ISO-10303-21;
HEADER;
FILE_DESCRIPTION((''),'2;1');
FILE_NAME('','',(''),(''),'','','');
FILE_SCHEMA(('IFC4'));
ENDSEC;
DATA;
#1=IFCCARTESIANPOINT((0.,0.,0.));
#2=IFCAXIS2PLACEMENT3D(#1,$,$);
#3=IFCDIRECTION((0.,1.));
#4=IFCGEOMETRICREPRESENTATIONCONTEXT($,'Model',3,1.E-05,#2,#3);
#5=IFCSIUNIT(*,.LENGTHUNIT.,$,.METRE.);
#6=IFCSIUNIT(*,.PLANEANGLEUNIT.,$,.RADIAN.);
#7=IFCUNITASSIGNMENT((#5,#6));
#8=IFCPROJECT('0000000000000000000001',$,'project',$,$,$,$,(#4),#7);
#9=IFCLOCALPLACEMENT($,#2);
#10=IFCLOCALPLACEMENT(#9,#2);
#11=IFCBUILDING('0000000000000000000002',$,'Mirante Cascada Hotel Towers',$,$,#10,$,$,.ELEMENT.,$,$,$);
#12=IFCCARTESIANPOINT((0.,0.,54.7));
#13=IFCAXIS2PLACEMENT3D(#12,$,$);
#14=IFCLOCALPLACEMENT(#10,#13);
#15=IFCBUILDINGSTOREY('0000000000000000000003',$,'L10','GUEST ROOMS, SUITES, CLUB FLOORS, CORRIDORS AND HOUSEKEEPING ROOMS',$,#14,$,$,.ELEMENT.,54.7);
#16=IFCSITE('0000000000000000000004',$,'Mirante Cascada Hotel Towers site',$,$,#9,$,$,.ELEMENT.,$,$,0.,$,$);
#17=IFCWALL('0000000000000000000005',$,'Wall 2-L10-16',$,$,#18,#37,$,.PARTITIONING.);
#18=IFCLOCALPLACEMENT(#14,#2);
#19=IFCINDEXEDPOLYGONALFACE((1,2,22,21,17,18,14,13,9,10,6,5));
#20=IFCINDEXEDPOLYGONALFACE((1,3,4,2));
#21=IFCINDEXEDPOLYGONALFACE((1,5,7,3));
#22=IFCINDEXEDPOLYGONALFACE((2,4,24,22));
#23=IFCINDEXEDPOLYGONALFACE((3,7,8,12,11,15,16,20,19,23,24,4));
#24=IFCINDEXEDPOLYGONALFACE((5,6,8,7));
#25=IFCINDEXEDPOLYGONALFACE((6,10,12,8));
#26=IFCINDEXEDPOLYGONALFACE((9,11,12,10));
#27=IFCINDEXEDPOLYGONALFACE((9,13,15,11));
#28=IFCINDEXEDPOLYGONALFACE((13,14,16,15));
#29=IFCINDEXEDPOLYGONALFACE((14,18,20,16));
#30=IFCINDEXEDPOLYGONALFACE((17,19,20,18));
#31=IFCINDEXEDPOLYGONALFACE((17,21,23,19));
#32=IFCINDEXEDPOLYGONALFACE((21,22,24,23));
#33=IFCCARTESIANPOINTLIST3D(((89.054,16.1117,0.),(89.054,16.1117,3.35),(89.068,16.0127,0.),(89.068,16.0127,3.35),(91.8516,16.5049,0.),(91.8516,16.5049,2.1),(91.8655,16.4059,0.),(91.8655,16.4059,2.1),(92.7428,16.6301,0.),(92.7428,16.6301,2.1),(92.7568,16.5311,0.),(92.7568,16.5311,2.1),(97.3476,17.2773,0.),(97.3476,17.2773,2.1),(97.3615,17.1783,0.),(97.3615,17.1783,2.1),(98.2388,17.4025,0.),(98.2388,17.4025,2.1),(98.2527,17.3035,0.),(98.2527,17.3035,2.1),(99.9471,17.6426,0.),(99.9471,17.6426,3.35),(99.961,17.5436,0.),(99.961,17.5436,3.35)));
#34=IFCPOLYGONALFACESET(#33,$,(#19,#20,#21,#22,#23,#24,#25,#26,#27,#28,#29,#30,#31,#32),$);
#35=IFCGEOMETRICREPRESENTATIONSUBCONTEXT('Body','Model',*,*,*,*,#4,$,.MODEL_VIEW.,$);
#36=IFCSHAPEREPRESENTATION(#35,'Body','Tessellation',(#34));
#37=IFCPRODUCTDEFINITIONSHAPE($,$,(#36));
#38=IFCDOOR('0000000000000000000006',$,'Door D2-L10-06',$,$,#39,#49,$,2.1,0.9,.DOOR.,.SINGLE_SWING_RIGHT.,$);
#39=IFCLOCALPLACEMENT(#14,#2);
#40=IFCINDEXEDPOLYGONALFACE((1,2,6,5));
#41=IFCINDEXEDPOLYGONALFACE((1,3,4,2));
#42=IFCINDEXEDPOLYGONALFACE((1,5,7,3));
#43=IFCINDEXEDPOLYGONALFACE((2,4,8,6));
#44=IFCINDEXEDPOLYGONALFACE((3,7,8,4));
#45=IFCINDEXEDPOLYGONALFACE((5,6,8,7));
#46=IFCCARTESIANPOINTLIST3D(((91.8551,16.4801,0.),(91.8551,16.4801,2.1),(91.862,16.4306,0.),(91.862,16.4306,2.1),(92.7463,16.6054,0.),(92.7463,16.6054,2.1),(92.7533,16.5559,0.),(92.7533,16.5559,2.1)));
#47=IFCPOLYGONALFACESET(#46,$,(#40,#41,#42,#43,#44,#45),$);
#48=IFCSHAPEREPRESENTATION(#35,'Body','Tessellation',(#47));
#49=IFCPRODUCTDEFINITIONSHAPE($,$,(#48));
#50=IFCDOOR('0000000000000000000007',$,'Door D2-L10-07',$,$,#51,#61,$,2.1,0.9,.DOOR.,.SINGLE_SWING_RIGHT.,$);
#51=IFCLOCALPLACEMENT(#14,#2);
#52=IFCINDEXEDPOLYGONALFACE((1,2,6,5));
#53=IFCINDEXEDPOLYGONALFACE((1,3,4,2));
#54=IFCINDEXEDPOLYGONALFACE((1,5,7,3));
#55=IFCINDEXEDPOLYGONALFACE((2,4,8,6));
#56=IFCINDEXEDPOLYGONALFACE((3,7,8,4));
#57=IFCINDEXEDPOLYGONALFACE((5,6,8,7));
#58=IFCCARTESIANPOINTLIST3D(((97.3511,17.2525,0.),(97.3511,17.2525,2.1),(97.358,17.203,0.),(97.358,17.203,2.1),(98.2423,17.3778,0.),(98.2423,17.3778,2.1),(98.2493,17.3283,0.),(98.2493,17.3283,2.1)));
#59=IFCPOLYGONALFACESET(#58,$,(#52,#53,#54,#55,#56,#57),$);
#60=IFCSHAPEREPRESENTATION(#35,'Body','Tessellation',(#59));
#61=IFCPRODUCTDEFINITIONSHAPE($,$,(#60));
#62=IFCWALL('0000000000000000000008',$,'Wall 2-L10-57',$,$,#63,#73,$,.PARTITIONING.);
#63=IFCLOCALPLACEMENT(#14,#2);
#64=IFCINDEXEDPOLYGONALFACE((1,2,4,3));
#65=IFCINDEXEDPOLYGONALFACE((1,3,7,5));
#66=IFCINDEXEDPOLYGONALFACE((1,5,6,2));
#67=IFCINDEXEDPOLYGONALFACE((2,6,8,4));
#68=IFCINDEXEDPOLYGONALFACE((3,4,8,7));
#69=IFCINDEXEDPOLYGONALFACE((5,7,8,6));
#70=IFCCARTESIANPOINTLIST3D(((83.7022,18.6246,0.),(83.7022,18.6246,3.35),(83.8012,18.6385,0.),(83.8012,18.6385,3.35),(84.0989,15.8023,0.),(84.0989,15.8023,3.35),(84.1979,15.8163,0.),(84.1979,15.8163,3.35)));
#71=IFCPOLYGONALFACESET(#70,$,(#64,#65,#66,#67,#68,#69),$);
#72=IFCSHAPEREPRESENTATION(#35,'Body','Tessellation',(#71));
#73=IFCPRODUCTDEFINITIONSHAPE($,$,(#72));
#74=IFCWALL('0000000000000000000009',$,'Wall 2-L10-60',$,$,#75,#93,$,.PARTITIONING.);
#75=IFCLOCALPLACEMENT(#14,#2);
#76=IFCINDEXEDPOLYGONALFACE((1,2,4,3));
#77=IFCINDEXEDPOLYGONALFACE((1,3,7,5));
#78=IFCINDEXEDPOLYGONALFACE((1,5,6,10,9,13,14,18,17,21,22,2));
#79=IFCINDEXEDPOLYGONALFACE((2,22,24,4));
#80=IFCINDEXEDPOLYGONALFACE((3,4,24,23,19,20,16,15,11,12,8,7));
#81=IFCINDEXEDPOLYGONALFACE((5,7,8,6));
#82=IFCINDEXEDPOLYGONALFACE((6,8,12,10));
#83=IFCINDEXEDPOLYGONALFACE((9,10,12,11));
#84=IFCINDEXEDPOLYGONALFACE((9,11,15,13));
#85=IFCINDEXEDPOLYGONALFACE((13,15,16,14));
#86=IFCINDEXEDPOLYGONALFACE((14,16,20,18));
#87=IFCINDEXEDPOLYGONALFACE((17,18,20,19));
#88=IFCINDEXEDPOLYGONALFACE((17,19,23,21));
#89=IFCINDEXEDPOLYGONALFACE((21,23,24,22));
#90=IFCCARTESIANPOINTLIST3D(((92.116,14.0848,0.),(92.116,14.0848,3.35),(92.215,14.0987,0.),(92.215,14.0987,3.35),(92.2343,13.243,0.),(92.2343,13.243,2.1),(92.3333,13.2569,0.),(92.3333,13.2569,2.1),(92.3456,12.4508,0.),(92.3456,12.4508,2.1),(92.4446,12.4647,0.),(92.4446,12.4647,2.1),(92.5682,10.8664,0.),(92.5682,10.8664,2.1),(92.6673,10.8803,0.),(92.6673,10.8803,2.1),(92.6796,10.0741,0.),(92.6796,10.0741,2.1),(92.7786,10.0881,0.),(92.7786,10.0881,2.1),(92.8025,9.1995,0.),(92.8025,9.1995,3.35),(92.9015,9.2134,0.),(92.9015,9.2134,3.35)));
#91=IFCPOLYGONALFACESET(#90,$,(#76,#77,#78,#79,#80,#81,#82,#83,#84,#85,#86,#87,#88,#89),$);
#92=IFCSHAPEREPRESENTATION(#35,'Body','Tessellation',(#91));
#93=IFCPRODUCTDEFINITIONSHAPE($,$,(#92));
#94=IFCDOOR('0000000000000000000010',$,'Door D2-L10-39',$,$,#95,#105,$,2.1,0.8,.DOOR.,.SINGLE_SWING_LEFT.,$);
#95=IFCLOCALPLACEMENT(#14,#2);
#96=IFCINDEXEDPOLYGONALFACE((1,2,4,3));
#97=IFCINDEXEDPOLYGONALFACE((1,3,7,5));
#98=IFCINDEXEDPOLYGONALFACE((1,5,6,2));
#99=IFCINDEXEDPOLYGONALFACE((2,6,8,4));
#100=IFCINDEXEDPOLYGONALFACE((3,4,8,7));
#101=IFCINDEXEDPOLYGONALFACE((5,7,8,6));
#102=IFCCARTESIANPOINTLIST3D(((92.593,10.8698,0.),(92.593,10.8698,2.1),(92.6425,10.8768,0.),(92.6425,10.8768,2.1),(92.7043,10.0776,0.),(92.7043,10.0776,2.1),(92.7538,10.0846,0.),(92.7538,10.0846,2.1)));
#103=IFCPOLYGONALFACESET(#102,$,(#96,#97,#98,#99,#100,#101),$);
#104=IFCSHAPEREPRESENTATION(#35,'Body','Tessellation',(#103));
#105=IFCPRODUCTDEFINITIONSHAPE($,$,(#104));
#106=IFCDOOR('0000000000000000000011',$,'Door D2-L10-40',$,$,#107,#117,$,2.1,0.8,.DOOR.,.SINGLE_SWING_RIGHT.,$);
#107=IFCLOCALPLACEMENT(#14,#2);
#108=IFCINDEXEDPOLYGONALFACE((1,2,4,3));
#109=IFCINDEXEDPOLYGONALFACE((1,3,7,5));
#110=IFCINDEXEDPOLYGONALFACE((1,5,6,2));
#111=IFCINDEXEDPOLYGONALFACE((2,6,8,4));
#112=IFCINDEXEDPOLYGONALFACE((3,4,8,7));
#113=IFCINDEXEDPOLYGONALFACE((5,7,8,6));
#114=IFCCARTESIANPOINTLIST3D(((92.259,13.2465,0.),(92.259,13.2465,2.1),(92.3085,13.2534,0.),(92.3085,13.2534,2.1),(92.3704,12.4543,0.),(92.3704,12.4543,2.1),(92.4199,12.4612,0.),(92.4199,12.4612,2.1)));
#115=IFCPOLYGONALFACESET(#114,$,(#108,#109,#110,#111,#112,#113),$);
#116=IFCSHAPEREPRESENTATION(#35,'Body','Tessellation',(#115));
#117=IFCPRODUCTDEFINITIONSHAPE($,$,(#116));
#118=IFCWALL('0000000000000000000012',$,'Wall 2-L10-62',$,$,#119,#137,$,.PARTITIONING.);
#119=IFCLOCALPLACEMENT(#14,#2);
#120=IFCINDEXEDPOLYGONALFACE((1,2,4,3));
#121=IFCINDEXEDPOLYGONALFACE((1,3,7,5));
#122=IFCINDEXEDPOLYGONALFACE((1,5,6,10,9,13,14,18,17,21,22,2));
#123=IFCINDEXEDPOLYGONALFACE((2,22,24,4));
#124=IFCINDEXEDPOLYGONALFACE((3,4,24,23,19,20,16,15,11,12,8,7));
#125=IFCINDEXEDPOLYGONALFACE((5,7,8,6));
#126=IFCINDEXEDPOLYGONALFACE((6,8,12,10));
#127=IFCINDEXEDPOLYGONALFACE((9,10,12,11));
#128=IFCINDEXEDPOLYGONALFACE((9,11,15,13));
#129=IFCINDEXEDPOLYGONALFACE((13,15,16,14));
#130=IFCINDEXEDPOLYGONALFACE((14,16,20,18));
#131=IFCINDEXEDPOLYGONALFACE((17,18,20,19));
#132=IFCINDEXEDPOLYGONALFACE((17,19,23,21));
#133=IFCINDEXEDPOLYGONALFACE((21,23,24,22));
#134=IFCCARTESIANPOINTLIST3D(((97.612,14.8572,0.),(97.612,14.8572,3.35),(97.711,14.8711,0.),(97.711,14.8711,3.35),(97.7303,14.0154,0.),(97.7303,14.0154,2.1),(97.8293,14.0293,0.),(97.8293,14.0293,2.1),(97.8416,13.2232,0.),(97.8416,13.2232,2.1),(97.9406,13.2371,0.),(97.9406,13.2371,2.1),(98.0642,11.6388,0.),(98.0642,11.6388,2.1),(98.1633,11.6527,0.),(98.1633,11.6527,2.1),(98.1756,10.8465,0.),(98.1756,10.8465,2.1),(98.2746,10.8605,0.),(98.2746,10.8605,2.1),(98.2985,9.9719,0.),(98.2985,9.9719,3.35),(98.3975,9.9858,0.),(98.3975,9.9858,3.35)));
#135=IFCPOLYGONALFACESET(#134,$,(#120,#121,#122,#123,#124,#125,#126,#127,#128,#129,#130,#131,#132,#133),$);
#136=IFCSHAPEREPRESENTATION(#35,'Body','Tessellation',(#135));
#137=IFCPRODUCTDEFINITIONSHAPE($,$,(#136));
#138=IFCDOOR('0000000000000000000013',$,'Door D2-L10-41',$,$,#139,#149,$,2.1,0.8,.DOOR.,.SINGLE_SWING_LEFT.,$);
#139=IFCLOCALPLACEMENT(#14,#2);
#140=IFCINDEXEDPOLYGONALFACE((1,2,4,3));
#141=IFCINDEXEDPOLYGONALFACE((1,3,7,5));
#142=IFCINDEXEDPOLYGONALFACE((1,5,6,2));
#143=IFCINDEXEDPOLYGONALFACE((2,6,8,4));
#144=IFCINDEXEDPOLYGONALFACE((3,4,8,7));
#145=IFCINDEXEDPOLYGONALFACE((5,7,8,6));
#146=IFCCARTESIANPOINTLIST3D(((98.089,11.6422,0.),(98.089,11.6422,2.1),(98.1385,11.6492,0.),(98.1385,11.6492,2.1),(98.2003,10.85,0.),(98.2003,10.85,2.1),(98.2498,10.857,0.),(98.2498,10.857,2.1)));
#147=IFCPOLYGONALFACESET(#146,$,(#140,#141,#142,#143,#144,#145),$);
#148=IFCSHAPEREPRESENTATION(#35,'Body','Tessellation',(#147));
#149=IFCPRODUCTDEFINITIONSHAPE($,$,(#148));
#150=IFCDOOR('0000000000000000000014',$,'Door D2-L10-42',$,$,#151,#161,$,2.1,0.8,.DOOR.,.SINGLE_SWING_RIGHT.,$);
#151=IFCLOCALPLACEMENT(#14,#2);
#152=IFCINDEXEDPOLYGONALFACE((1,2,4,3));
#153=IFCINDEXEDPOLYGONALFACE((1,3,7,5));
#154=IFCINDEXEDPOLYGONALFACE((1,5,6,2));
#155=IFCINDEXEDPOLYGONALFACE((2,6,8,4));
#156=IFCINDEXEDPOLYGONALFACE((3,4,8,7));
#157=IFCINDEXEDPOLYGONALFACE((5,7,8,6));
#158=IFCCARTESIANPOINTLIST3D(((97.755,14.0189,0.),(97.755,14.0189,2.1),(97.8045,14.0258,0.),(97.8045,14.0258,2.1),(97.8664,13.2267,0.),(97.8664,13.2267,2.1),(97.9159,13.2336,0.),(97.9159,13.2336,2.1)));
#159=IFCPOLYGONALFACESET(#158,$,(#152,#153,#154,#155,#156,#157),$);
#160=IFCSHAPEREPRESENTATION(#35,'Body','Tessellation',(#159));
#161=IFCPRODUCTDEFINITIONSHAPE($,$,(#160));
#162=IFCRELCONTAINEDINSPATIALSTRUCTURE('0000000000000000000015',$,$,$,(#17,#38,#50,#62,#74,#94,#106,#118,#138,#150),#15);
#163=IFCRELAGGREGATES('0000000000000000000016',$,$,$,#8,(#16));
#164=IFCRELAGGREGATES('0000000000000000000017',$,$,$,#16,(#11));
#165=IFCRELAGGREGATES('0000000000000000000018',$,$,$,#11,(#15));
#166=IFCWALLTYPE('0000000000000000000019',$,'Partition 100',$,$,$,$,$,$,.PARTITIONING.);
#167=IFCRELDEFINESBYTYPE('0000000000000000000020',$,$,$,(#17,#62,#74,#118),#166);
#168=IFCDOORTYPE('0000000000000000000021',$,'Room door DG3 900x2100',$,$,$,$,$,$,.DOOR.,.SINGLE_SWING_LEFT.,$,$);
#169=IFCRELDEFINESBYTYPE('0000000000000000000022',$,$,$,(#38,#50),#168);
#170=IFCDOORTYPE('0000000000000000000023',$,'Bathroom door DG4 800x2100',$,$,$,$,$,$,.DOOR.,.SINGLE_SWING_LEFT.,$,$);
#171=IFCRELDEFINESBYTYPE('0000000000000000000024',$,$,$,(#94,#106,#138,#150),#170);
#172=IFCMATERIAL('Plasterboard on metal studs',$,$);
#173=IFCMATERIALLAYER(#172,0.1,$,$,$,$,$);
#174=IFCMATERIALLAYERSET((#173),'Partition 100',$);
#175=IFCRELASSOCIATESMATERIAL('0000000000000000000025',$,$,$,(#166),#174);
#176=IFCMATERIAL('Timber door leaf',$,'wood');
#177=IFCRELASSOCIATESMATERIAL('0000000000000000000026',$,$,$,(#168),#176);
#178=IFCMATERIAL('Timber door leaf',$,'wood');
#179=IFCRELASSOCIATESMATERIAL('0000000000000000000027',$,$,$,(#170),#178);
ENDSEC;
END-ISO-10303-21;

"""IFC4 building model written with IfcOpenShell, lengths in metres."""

from ifc_helpers import new_model, si_unit, direction, frame, frame_2d, origin, place, context, subcontext, project, spatial, rectangle, extrude, material, layer, layer_set, type_object, element, fill, save


model = new_model("IFC4")

# Units and contexts
model_context = context("Model", 3, precision=1e-05, world=origin(), true_north=direction((0.0, 1.0)))
body_context = subcontext(model_context, "Body", "Model", "MODEL_VIEW")
ifc_project = project(units=[si_unit("LENGTHUNIT", "METRE"), si_unit("PLANEANGLEUNIT", "RADIAN")], contexts=[model_context])

# Site, building, storey
site_placement = place(None, origin())
site = spatial("IfcSite", under=ifc_project, at=site_placement, Name="Mirante Cascada Hotel Towers site", CompositionType="ELEMENT", RefElevation=0.0)
building_placement = place(site_placement, origin())
building = spatial("IfcBuilding", under=site, at=building_placement, Name="Mirante Cascada Hotel Towers", CompositionType="ELEMENT")
storey_placement = place(building_placement, frame((0.0, 0.0, 54.7)))
storey = spatial("IfcBuildingStorey", under=building, at=storey_placement, Name="L10", Description="GUEST ROOMS, SUITES, CLUB FLOORS, CORRIDORS AND HOUSEKEEPING ROOMS", CompositionType="ELEMENT", Elevation=54.7)

# Shared definitions
ifc_material_1 = material(Name="Plasterboard on metal studs")
ifc_layer_1 = layer(ifc_material_1, 0.1)
ifc_layer_set_1 = layer_set([ifc_layer_1], Name="Partition 100")
wall_type_1 = type_object("IfcWallType", Name="Partition 100", PredefinedType="PARTITIONING", material=ifc_layer_set_1)

# Wall, openings, doors
wall_1_placement = place(storey_placement, frame((99.954, 17.5931, 0.0), z_axis=(0.0, 0.0, 1.0), x_axis=(-0.990268, -0.139172, 0.0)))
wall_1 = element("IfcWall", 1, at=wall_1_placement, inside=storey, type_object=wall_type_1, Name="Wall 2-L10-16", PredefinedType="PARTITIONING", context=body_context, shape_type="SweptSolid", body=[
    extrude(rectangle(XDim=11.0001, YDim=0.1, at=frame_2d((5.5, 0.0))), origin(), (0.0, 0.0, 1.0), 3.35),
])
opening_1_placement = place(wall_1_placement, frame((7.275, 0.0, 0.0)))
opening_1 = element("IfcOpeningElement", 2, at=opening_1_placement, cuts=wall_1, PredefinedType="OPENING", context=body_context, shape_type="SweptSolid", body=[
    extrude(rectangle(XDim=0.9, YDim=2.1, at=frame_2d((0.45, 1.05))), frame((0.0, 0.05, 0.0), z_axis=(0.0, -1.0, 0.0), x_axis=(1.0, 0.0, 0.0)), (0.0, 0.0, 1.0), 0.1),
])
opening_2_placement = place(wall_1_placement, frame((1.725, 0.0, 0.0)))
opening_2 = element("IfcOpeningElement", 3, at=opening_2_placement, cuts=wall_1, PredefinedType="OPENING", context=body_context, shape_type="SweptSolid", body=[
    extrude(rectangle(XDim=0.9, YDim=2.1, at=frame_2d((0.45, 1.05))), frame((0.0, 0.05, 0.0), z_axis=(0.0, -1.0, 0.0), x_axis=(1.0, 0.0, 0.0)), (0.0, 0.0, 1.0), 0.1),
])
ifc_material_2 = material(Name="Timber door leaf", Category="wood")
door_type_1 = type_object("IfcDoorType", Name="Room door DG3 900x2100", OperationType="SINGLE_SWING_LEFT", PredefinedType="DOOR", material=ifc_material_2)
door_1_placement = place(opening_1_placement, frame((0.9, 0.0, 0.0), z_axis=(0.0, 0.0, 1.0), x_axis=(-1.0, 0.0, 0.0)))
door_1 = element("IfcDoor", 4, at=door_1_placement, inside=storey, type_object=door_type_1, Name="Door D2-L10-06", OperationType="SINGLE_SWING_RIGHT", OverallHeight=2.1, OverallWidth=0.9, PredefinedType="DOOR", context=body_context, shape_type="SweptSolid", body=[
    extrude(rectangle(XDim=0.9, YDim=2.1, at=frame_2d((0.45, 1.05))), frame((0.0, 0.025, 0.0), z_axis=(0.0, -1.0, 0.0), x_axis=(1.0, 0.0, 0.0)), (0.0, 0.0, 1.0), 0.05),
])
fill(opening_1, door_1)
door_2_placement = place(opening_2_placement, frame((0.9, 0.0, 0.0), z_axis=(0.0, 0.0, 1.0), x_axis=(-1.0, 0.0, 0.0)))
door_2 = element("IfcDoor", 5, at=door_2_placement, inside=storey, type_object=door_type_1, Name="Door D2-L10-07", OperationType="SINGLE_SWING_RIGHT", OverallHeight=2.1, OverallWidth=0.9, PredefinedType="DOOR", context=body_context, shape_type="SweptSolid", body=[
    extrude(rectangle(XDim=0.9, YDim=2.1, at=frame_2d((0.45, 1.05))), frame((0.0, 0.025, 0.0), z_axis=(0.0, -1.0, 0.0), x_axis=(1.0, 0.0, 0.0)), (0.0, 0.0, 1.0), 0.05),
])
fill(opening_2, door_2)

# Wall
wall_2_placement = place(storey_placement, frame((84.1484, 15.8093, 0.0), z_axis=(0.0, 0.0, 1.0), x_axis=(-0.139191, 0.990266, 0.0)))
element("IfcWall", 6, at=wall_2_placement, inside=storey, type_object=wall_type_1, Name="Wall 2-L10-57", PredefinedType="PARTITIONING", context=body_context, shape_type="SweptSolid", body=[
    extrude(rectangle(XDim=2.85, YDim=0.1, at=frame_2d((1.425, 0.0))), origin(), (0.0, 0.0, 1.0), 3.35),
])

# Walls, openings, doors
wall_3_placement = place(storey_placement, frame((92.1655, 14.0917, 0.0), z_axis=(0.0, 0.0, 1.0), x_axis=(0.139156, -0.99027, 0.0)))
wall_3 = element("IfcWall", 7, at=wall_3_placement, inside=storey, type_object=wall_type_1, Name="Wall 2-L10-60", PredefinedType="PARTITIONING", context=body_context, shape_type="SweptSolid", body=[
    extrude(rectangle(XDim=4.9333, YDim=0.1, at=frame_2d((2.4666, 0.0))), origin(), (0.0, 0.0, 1.0), 3.35),
])
opening_3_placement = place(wall_3_placement, frame((3.25, 0.0, 0.0)))
opening_3 = element("IfcOpeningElement", 8, at=opening_3_placement, cuts=wall_3, PredefinedType="OPENING", context=body_context, shape_type="SweptSolid", body=[
    extrude(rectangle(XDim=0.8, YDim=2.1, at=frame_2d((0.4, 1.05))), frame((0.0, 0.05, 0.0), z_axis=(0.0, -1.0, 0.0), x_axis=(1.0, 0.0, 0.0)), (0.0, 0.0, 1.0), 0.1),
])
opening_4_placement = place(wall_3_placement, frame((0.85, 0.0, 0.0)))
opening_4 = element("IfcOpeningElement", 9, at=opening_4_placement, cuts=wall_3, PredefinedType="OPENING", context=body_context, shape_type="SweptSolid", body=[
    extrude(rectangle(XDim=0.8, YDim=2.1, at=frame_2d((0.4, 1.05))), frame((0.0, 0.05, 0.0), z_axis=(0.0, -1.0, 0.0), x_axis=(1.0, 0.0, 0.0)), (0.0, 0.0, 1.0), 0.1),
])
ifc_material_3 = material(Name="Timber door leaf", Category="wood")
door_type_2 = type_object("IfcDoorType", Name="Bathroom door DG4 800x2100", OperationType="SINGLE_SWING_LEFT", PredefinedType="DOOR", material=ifc_material_3)
door_3_placement = place(opening_3_placement, origin())
door_3 = element("IfcDoor", 10, at=door_3_placement, inside=storey, type_object=door_type_2, Name="Door D2-L10-39", OperationType="SINGLE_SWING_LEFT", OverallHeight=2.1, OverallWidth=0.8, PredefinedType="DOOR", context=body_context, shape_type="SweptSolid", body=[
    extrude(rectangle(XDim=0.8, YDim=2.1, at=frame_2d((0.4, 1.05))), frame((0.0, 0.025, 0.0), z_axis=(0.0, -1.0, 0.0), x_axis=(1.0, 0.0, 0.0)), (0.0, 0.0, 1.0), 0.05),
])
fill(opening_3, door_3)
door_4_placement = place(opening_4_placement, frame((0.8, 0.0, 0.0), z_axis=(0.0, 0.0, 1.0), x_axis=(-1.0, 0.0, 0.0)))
door_4 = element("IfcDoor", 11, at=door_4_placement, inside=storey, type_object=door_type_2, Name="Door D2-L10-40", OperationType="SINGLE_SWING_RIGHT", OverallHeight=2.1, OverallWidth=0.8, PredefinedType="DOOR", context=body_context, shape_type="SweptSolid", body=[
    extrude(rectangle(XDim=0.8, YDim=2.1, at=frame_2d((0.4, 1.05))), frame((0.0, 0.025, 0.0), z_axis=(0.0, -1.0, 0.0), x_axis=(1.0, 0.0, 0.0)), (0.0, 0.0, 1.0), 0.05),
])
fill(opening_4, door_4)
wall_4_placement = place(storey_placement, frame((97.6615, 14.8641, 0.0), z_axis=(0.0, 0.0, 1.0), x_axis=(0.139156, -0.99027, 0.0)))
wall_4 = element("IfcWall", 12, at=wall_4_placement, inside=storey, type_object=wall_type_1, Name="Wall 2-L10-62", PredefinedType="PARTITIONING", context=body_context, shape_type="SweptSolid", body=[
    extrude(rectangle(XDim=4.9333, YDim=0.1, at=frame_2d((2.4666, 0.0))), origin(), (0.0, 0.0, 1.0), 3.35),
])
opening_5_placement = place(wall_4_placement, frame((3.25, 0.0, 0.0)))
opening_5 = element("IfcOpeningElement", 13, at=opening_5_placement, cuts=wall_4, PredefinedType="OPENING", context=body_context, shape_type="SweptSolid", body=[
    extrude(rectangle(XDim=0.8, YDim=2.1, at=frame_2d((0.4, 1.05))), frame((0.0, 0.05, 0.0), z_axis=(0.0, -1.0, 0.0), x_axis=(1.0, 0.0, 0.0)), (0.0, 0.0, 1.0), 0.1),
])
opening_6_placement = place(wall_4_placement, frame((0.85, 0.0, 0.0)))
opening_6 = element("IfcOpeningElement", 14, at=opening_6_placement, cuts=wall_4, PredefinedType="OPENING", context=body_context, shape_type="SweptSolid", body=[
    extrude(rectangle(XDim=0.8, YDim=2.1, at=frame_2d((0.4, 1.05))), frame((0.0, 0.05, 0.0), z_axis=(0.0, -1.0, 0.0), x_axis=(1.0, 0.0, 0.0)), (0.0, 0.0, 1.0), 0.1),
])
door_5_placement = place(opening_5_placement, origin())
door_5 = element("IfcDoor", 15, at=door_5_placement, inside=storey, type_object=door_type_2, Name="Door D2-L10-41", OperationType="SINGLE_SWING_LEFT", OverallHeight=2.1, OverallWidth=0.8, PredefinedType="DOOR", context=body_context, shape_type="SweptSolid", body=[
    extrude(rectangle(XDim=0.8, YDim=2.1, at=frame_2d((0.4, 1.05))), frame((0.0, 0.025, 0.0), z_axis=(0.0, -1.0, 0.0), x_axis=(1.0, 0.0, 0.0)), (0.0, 0.0, 1.0), 0.05),
])
fill(opening_5, door_5)
door_6_placement = place(opening_6_placement, frame((0.8, 0.0, 0.0), z_axis=(0.0, 0.0, 1.0), x_axis=(-1.0, 0.0, 0.0)))
door_6 = element("IfcDoor", 16, at=door_6_placement, inside=storey, type_object=door_type_2, Name="Door D2-L10-42", OperationType="SINGLE_SWING_RIGHT", OverallHeight=2.1, OverallWidth=0.8, PredefinedType="DOOR", context=body_context, shape_type="SweptSolid", body=[
    extrude(rectangle(XDim=0.8, YDim=2.1, at=frame_2d((0.4, 1.05))), frame((0.0, 0.025, 0.0), z_axis=(0.0, -1.0, 0.0), x_axis=(1.0, 0.0, 0.0)), (0.0, 0.0, 1.0), 0.05),
])
fill(opening_6, door_6)

save(model, "model.ifc")
